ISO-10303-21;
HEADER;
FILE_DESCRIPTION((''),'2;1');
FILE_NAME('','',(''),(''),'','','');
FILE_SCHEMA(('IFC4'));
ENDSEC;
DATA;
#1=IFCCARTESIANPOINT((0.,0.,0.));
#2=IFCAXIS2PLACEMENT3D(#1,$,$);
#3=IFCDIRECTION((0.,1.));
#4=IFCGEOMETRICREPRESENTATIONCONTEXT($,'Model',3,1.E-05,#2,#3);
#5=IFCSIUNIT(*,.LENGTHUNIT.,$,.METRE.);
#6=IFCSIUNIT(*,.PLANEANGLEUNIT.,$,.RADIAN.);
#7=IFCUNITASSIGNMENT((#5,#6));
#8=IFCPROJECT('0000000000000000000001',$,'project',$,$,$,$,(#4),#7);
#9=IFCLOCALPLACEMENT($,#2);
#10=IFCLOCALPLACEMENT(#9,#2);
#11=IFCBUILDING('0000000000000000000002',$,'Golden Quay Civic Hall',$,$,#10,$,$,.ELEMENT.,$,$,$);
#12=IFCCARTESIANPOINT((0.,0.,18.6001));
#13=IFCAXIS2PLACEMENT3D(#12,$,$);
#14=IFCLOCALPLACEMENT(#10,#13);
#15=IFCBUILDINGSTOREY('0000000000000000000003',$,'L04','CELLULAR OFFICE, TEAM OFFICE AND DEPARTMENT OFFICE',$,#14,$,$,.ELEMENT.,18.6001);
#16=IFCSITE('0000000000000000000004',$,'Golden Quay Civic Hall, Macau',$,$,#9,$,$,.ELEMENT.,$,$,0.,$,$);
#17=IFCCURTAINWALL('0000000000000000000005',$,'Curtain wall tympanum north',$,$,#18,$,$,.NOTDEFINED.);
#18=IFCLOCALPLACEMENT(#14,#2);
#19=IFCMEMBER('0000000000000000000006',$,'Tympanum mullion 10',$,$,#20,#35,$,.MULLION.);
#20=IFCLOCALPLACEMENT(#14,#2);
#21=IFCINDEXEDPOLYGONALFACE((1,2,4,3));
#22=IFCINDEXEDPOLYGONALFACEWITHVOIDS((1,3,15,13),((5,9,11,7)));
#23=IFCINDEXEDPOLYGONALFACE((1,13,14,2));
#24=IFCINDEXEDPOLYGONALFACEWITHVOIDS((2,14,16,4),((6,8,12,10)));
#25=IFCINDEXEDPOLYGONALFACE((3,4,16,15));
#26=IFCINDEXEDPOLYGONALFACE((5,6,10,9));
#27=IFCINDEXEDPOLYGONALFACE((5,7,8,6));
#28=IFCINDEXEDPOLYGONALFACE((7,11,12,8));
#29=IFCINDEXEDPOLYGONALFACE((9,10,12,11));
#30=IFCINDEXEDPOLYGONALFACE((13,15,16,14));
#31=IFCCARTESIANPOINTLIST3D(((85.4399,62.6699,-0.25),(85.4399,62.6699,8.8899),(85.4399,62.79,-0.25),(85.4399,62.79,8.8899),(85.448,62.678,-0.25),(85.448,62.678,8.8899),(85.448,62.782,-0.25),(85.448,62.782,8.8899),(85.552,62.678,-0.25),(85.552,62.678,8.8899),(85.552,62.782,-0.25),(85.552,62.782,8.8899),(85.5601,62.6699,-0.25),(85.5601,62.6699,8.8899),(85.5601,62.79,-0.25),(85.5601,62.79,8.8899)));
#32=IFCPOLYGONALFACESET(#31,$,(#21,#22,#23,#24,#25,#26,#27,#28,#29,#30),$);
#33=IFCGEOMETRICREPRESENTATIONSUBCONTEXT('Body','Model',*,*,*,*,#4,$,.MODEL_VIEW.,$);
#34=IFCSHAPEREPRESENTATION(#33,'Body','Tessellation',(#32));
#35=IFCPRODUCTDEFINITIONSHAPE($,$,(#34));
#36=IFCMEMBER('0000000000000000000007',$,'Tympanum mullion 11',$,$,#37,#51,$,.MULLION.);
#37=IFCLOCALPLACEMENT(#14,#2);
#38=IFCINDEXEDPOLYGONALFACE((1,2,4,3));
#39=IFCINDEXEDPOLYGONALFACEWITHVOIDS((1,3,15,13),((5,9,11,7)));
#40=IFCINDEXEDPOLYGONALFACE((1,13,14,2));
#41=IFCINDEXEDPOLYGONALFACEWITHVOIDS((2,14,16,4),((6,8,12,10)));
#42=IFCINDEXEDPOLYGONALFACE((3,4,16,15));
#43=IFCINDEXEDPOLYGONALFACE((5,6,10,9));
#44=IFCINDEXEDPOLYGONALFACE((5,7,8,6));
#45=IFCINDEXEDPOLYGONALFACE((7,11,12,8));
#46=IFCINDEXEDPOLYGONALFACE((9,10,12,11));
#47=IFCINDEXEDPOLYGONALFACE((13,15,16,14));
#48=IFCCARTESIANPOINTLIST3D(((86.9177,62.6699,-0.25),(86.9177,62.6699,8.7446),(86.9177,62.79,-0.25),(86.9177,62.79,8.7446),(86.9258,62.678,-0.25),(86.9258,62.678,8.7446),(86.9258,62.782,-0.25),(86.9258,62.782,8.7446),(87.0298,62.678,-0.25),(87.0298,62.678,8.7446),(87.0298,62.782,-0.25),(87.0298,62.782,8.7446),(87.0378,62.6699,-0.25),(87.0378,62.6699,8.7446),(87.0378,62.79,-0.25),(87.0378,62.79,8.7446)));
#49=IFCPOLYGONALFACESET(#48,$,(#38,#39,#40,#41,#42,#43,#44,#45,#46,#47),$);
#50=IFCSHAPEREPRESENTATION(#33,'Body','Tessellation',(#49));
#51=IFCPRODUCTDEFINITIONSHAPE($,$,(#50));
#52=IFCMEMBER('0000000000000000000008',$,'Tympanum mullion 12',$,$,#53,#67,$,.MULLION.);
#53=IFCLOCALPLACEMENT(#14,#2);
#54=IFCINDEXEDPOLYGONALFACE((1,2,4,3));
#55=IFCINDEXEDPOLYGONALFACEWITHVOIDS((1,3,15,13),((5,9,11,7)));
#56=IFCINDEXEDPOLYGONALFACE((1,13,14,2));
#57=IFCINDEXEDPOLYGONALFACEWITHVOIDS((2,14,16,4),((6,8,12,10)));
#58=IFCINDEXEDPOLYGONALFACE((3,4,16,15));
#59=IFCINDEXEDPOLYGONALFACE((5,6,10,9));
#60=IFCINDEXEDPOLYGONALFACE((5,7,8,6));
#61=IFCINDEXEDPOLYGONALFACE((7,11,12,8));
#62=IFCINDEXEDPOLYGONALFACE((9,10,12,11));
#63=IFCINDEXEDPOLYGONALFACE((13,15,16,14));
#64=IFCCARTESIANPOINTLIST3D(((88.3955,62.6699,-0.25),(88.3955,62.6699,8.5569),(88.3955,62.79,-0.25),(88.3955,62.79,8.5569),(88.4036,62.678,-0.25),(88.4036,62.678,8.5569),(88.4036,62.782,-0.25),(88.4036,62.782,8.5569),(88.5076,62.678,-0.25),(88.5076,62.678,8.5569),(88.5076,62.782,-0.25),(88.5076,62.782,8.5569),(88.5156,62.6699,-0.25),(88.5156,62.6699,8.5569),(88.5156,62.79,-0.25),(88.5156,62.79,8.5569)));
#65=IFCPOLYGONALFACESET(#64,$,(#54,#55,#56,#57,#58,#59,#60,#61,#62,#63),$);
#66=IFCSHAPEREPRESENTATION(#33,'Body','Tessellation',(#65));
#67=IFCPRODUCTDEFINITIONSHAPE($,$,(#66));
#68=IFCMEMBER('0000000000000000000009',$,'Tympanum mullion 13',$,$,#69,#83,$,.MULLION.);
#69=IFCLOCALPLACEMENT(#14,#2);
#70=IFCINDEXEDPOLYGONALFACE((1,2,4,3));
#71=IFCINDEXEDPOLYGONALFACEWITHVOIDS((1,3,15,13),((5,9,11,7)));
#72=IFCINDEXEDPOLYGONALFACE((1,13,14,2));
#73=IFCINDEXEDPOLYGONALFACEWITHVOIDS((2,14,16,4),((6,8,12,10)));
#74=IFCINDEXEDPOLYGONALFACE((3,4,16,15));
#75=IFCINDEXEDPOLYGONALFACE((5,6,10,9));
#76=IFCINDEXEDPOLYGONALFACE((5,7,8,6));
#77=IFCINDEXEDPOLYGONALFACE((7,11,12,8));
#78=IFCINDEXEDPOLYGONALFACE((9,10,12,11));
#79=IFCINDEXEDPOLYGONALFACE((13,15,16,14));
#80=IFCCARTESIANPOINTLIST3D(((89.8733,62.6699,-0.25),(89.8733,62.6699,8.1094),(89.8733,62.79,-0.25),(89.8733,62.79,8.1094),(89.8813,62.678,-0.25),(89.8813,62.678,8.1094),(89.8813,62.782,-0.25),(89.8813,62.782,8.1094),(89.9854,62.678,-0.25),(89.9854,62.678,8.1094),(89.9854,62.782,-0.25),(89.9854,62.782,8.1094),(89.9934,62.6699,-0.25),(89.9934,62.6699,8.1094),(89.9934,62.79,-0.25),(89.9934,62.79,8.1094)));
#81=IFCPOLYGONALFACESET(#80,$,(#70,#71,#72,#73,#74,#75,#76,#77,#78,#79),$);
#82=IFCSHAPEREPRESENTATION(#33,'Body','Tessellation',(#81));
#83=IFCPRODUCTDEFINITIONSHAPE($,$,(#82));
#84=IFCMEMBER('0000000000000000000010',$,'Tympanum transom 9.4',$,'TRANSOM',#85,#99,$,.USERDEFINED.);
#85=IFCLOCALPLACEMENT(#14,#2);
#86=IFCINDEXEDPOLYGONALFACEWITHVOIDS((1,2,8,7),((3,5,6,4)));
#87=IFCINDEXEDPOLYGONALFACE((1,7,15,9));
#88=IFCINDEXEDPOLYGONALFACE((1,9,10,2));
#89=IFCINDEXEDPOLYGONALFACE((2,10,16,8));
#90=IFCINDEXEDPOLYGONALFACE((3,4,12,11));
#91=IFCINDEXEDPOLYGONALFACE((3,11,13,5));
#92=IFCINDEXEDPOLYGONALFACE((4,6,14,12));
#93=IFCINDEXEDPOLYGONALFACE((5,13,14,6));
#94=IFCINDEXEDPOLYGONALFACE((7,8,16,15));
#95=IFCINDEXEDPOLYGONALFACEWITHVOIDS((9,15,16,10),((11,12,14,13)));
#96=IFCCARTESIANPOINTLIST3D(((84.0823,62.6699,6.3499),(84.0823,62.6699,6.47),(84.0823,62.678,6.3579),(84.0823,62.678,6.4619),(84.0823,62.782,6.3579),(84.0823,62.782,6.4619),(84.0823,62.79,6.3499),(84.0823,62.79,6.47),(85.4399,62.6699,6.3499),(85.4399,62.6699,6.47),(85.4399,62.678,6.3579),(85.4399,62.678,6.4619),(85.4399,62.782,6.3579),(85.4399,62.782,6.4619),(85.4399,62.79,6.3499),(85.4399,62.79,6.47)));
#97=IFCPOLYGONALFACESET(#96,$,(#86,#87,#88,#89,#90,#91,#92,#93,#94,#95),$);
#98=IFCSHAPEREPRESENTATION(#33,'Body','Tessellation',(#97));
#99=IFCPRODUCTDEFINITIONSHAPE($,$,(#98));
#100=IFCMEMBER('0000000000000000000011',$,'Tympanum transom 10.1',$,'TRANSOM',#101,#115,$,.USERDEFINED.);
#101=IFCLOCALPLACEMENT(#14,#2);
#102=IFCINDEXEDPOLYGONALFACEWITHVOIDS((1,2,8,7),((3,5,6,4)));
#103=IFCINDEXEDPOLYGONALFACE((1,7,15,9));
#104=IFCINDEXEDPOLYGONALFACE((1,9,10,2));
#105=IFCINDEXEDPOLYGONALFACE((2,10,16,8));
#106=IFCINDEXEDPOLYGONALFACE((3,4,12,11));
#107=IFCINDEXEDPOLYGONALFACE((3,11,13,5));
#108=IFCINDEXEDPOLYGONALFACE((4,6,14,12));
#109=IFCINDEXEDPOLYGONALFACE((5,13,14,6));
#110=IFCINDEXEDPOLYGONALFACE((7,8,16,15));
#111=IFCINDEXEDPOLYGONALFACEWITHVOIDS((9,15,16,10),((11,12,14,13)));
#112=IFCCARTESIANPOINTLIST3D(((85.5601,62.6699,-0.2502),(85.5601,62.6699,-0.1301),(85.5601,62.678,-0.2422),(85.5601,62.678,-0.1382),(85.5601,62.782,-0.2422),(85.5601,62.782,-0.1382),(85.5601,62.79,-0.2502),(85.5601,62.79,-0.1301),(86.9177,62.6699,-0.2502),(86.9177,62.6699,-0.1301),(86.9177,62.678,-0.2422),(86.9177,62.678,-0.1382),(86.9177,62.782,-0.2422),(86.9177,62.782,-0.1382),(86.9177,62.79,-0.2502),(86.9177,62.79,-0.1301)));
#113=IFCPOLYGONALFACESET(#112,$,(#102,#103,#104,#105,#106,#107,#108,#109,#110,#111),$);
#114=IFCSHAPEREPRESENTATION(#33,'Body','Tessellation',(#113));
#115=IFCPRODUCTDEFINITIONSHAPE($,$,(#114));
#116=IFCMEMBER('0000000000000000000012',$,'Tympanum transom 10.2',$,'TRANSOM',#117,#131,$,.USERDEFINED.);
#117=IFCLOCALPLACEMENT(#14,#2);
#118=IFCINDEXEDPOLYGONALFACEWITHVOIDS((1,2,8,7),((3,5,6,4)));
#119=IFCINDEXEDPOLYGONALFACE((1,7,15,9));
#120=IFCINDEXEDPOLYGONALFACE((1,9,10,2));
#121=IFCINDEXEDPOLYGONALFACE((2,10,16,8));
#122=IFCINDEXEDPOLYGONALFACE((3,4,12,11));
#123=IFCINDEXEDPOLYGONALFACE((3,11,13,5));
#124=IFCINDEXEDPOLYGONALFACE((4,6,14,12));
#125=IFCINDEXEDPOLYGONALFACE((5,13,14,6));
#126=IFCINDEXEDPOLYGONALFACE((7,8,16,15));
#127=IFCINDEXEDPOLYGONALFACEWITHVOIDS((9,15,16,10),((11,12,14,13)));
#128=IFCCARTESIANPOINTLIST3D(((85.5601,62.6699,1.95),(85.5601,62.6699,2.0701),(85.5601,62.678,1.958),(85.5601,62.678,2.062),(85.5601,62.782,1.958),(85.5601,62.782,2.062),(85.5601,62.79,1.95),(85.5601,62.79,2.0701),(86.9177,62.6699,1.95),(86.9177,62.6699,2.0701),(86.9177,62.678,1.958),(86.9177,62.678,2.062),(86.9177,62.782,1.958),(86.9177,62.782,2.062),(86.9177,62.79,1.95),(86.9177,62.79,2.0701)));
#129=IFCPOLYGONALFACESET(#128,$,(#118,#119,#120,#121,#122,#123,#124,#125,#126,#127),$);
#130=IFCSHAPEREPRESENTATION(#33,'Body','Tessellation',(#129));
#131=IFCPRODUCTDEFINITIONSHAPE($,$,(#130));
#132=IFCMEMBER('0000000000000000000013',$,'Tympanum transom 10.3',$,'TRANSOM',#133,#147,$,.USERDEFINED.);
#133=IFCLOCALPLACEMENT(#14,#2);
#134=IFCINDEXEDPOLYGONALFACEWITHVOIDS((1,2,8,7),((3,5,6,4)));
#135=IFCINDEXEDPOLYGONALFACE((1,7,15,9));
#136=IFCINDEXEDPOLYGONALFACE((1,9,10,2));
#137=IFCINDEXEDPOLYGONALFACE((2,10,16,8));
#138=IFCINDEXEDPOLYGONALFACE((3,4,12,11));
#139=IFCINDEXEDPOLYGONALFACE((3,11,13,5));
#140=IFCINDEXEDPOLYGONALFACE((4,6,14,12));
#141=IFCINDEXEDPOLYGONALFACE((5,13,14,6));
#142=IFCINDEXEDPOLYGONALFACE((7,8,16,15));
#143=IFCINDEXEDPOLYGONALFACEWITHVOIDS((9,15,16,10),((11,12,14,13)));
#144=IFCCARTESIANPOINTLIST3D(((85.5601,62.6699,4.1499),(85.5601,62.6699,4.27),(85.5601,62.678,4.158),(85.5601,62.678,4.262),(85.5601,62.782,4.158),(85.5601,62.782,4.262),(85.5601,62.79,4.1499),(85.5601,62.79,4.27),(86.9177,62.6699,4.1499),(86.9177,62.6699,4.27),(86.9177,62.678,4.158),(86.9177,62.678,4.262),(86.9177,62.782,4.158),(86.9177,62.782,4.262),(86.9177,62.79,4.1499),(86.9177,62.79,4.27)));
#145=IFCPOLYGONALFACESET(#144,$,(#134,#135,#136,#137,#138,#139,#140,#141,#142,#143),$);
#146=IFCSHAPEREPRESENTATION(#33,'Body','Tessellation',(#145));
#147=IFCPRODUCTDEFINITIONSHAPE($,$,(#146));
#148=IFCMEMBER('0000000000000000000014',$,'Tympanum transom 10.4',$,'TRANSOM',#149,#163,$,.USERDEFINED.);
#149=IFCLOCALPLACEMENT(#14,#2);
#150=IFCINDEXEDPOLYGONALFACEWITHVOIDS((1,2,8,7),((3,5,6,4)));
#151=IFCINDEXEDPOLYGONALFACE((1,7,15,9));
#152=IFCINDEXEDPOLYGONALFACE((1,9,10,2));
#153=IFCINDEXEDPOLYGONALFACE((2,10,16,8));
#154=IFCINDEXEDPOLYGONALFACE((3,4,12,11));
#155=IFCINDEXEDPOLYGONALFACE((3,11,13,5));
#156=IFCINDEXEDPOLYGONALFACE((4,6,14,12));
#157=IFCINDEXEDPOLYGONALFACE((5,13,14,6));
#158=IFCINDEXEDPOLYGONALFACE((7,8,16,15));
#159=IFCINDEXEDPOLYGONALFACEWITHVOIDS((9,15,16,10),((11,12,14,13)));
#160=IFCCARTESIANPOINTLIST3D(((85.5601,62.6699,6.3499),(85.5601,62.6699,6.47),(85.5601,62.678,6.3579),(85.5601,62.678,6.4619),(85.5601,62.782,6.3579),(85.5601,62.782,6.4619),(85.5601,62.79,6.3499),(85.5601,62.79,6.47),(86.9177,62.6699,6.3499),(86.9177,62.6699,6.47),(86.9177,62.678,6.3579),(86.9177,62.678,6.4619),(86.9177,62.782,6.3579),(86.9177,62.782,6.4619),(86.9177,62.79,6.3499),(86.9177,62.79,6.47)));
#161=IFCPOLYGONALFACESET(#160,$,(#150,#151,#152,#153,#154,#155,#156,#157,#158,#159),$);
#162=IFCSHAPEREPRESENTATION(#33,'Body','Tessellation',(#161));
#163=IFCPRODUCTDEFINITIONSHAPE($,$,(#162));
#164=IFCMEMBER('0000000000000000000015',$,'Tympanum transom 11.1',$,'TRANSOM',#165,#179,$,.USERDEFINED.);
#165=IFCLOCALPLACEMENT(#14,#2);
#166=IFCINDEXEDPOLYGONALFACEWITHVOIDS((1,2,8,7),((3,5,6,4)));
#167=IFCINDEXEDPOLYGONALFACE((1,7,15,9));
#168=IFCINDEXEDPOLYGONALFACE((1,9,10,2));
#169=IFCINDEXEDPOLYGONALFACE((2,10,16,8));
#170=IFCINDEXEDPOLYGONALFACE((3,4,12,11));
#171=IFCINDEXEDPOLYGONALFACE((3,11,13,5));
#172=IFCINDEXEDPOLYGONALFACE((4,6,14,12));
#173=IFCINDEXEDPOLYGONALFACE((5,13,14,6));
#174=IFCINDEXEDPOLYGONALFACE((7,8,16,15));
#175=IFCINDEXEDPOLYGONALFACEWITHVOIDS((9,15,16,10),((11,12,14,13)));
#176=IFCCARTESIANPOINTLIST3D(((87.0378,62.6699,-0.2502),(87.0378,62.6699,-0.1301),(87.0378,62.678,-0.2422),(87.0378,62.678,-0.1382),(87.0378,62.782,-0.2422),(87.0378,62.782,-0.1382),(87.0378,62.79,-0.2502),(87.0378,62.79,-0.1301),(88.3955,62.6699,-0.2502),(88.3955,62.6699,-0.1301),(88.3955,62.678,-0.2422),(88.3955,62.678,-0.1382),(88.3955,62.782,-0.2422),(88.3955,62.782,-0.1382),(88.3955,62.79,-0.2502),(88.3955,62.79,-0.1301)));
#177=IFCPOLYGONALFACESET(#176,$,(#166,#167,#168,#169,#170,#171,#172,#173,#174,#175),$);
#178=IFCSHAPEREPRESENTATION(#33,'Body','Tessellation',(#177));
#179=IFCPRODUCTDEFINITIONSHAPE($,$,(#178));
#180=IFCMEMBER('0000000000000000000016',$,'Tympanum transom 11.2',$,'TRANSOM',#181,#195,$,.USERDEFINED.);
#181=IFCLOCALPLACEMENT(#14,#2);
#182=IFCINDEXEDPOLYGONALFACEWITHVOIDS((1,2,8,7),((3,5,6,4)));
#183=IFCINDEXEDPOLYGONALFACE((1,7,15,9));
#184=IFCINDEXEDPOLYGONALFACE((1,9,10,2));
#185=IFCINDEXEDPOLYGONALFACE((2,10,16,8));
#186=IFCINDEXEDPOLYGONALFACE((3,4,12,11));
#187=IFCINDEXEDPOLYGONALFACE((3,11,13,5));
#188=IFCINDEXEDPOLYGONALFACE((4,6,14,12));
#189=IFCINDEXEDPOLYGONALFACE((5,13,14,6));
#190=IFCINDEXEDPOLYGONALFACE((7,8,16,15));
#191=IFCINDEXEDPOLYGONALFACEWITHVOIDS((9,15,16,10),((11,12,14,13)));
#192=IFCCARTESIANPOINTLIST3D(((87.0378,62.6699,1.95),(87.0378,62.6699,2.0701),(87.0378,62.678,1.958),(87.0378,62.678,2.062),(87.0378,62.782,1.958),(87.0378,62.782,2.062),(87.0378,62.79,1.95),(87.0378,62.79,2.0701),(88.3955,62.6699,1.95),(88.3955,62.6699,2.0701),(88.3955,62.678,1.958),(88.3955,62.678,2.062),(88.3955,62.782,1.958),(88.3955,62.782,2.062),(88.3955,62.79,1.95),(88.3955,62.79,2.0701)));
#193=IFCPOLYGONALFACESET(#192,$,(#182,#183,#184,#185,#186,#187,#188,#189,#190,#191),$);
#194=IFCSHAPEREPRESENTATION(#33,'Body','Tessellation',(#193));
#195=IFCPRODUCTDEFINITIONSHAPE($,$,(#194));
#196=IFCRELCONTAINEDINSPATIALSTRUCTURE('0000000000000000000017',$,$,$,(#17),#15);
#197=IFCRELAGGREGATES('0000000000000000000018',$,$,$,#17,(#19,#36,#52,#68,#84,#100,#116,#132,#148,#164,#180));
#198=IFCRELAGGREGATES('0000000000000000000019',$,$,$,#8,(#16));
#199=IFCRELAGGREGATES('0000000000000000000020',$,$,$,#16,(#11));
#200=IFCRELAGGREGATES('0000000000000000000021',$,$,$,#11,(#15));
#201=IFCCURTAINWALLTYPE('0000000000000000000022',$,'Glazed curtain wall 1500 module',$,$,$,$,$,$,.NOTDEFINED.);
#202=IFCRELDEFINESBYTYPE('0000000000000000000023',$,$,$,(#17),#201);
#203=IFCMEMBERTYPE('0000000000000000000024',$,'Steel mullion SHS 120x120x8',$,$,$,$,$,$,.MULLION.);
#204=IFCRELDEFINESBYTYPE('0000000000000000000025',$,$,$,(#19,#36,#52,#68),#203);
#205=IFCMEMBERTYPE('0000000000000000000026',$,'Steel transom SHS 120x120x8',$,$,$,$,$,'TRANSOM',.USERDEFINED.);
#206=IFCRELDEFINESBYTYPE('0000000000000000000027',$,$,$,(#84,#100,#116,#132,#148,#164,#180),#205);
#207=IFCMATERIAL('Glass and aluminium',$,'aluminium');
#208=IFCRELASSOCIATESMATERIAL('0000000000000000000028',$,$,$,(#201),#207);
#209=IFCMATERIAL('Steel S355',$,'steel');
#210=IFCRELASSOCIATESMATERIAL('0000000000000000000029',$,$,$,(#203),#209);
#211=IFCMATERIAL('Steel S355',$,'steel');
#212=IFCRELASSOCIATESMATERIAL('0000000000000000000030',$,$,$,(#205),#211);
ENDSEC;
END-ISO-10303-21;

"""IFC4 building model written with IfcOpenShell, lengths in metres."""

from ifc_helpers import new_model, si_unit, direction, frame, origin, origin_2d, place, context, subcontext, project, spatial, hollow_rectangle, extrude, material, material_profile, profile_set, type_object, element, aggregate, save


model = new_model("IFC4")

# Units and contexts
model_context = context("Model", 3, precision=1e-05, world=origin(), true_north=direction((0.0, 1.0)))
body_context = subcontext(model_context, "Body", "Model", "MODEL_VIEW")
ifc_project = project(units=[si_unit("LENGTHUNIT", "METRE"), si_unit("PLANEANGLEUNIT", "RADIAN")], contexts=[model_context])

# Site, building, storey
site_placement = place(None, origin())
site = spatial("IfcSite", under=ifc_project, at=site_placement, Name="Golden Quay Civic Hall, Macau", CompositionType="ELEMENT", RefElevation=0.0)
building_placement = place(site_placement, origin())
building = spatial("IfcBuilding", under=site, at=building_placement, Name="Golden Quay Civic Hall", CompositionType="ELEMENT")
storey_placement = place(building_placement, frame((0.0, 0.0, 18.6001)))
storey = spatial("IfcBuildingStorey", under=building, at=storey_placement, Name="L04", Description="CELLULAR OFFICE, TEAM OFFICE AND DEPARTMENT OFFICE", CompositionType="ELEMENT", Elevation=18.6001)

# Curtain wall, members
ifc_material_1 = material(Name="Glass and aluminium", Category="aluminium")
curtain_wall_type_1 = type_object("IfcCurtainWallType", Name="Glazed curtain wall 1500 module", PredefinedType="NOTDEFINED", material=ifc_material_1)
curtain_wall_1_placement = place(storey_placement, origin())
curtain_wall_1 = element("IfcCurtainWall", 1, at=curtain_wall_1_placement, inside=storey, type_object=curtain_wall_type_1, Name="Curtain wall tympanum north", PredefinedType="NOTDEFINED")
ifc_material_2 = material(Name="Steel S355", Category="steel")
ifc_material_profile_1 = material_profile(ifc_material_2, hollow_rectangle(XDim=0.1201, YDim=0.1201, WallThickness=0.0081, at=origin_2d()), Name="SHS 120x120x8")
ifc_profile_set_1 = profile_set([ifc_material_profile_1], Name="Steel S355")
member_type_1 = type_object("IfcMemberType", Name="Steel mullion SHS 120x120x8", PredefinedType="MULLION", material=ifc_profile_set_1)
member_1_placement = place(storey_placement, frame((85.5, 62.73, -0.25), z_axis=(0.0, 0.0, 1.0), x_axis=(0.0, 1.0, 0.0)))
member_1 = element("IfcMember", 2, at=member_1_placement, type_object=member_type_1, Name="Tympanum mullion 10", PredefinedType="MULLION", context=body_context, shape_type="SweptSolid", body=[
    extrude(hollow_rectangle(XDim=0.1201, YDim=0.1201, WallThickness=0.0081, at=origin_2d()), origin(), (0.0, 0.0, 1.0), 9.1399),
])
member_2_placement = place(storey_placement, frame((86.9778, 62.73, -0.25), z_axis=(0.0, 0.0, 1.0), x_axis=(0.0, 1.0, 0.0)))
member_2 = element("IfcMember", 3, at=member_2_placement, type_object=member_type_1, Name="Tympanum mullion 11", PredefinedType="MULLION", context=body_context, shape_type="SweptSolid", body=[
    extrude(hollow_rectangle(XDim=0.1201, YDim=0.1201, WallThickness=0.0081, at=origin_2d()), origin(), (0.0, 0.0, 1.0), 8.9946),
])
member_3_placement = place(storey_placement, frame((88.4556, 62.73, -0.25), z_axis=(0.0, 0.0, 1.0), x_axis=(0.0, 1.0, 0.0)))
member_3 = element("IfcMember", 4, at=member_3_placement, type_object=member_type_1, Name="Tympanum mullion 12", PredefinedType="MULLION", context=body_context, shape_type="SweptSolid", body=[
    extrude(hollow_rectangle(XDim=0.1201, YDim=0.1201, WallThickness=0.0081, at=origin_2d()), origin(), (0.0, 0.0, 1.0), 8.8069),
])
member_4_placement = place(storey_placement, frame((89.9333, 62.73, -0.25), z_axis=(0.0, 0.0, 1.0), x_axis=(0.0, 1.0, 0.0)))
member_4 = element("IfcMember", 5, at=member_4_placement, type_object=member_type_1, Name="Tympanum mullion 13", PredefinedType="MULLION", context=body_context, shape_type="SweptSolid", body=[
    extrude(hollow_rectangle(XDim=0.1201, YDim=0.1201, WallThickness=0.0081, at=origin_2d()), origin(), (0.0, 0.0, 1.0), 8.3594),
])
ifc_material_3 = material(Name="Steel S355", Category="steel")
ifc_material_profile_2 = material_profile(ifc_material_3, hollow_rectangle(XDim=0.1201, YDim=0.1201, WallThickness=0.0081, at=origin_2d()), Name="SHS 120x120x8")
ifc_profile_set_2 = profile_set([ifc_material_profile_2], Name="Steel S355")
member_type_2 = type_object("IfcMemberType", Name="Steel transom SHS 120x120x8", ElementType="TRANSOM", PredefinedType="USERDEFINED", material=ifc_profile_set_2)
member_5_placement = place(storey_placement, frame((84.0823, 62.73, 6.4099), z_axis=(1.0, 0.0, 0.0), x_axis=(0.0, 1.0, 0.0)))
member_5 = element("IfcMember", 6, at=member_5_placement, type_object=member_type_2, Name="Tympanum transom 9.4", ObjectType="TRANSOM", PredefinedType="USERDEFINED", context=body_context, shape_type="SweptSolid", body=[
    extrude(hollow_rectangle(XDim=0.1201, YDim=0.1201, WallThickness=0.0081, at=origin_2d()), origin(), (0.0, 0.0, 1.0), 1.3577),
])
member_6_placement = place(storey_placement, frame((85.5601, 62.73, -0.1902), z_axis=(1.0, 0.0, 0.0), x_axis=(0.0, 1.0, 0.0)))
member_6 = element("IfcMember", 7, at=member_6_placement, type_object=member_type_2, Name="Tympanum transom 10.1", ObjectType="TRANSOM", PredefinedType="USERDEFINED", context=body_context, shape_type="SweptSolid", body=[
    extrude(hollow_rectangle(XDim=0.1201, YDim=0.1201, WallThickness=0.0081, at=origin_2d()), origin(), (0.0, 0.0, 1.0), 1.3577),
])
member_7_placement = place(storey_placement, frame((85.5601, 62.73, 2.01), z_axis=(1.0, 0.0, 0.0), x_axis=(0.0, 1.0, 0.0)))
member_7 = element("IfcMember", 8, at=member_7_placement, type_object=member_type_2, Name="Tympanum transom 10.2", ObjectType="TRANSOM", PredefinedType="USERDEFINED", context=body_context, shape_type="SweptSolid", body=[
    extrude(hollow_rectangle(XDim=0.1201, YDim=0.1201, WallThickness=0.0081, at=origin_2d()), origin(), (0.0, 0.0, 1.0), 1.3577),
])
member_8_placement = place(storey_placement, frame((85.5601, 62.73, 4.21), z_axis=(1.0, 0.0, 0.0), x_axis=(0.0, 1.0, 0.0)))
member_8 = element("IfcMember", 9, at=member_8_placement, type_object=member_type_2, Name="Tympanum transom 10.3", ObjectType="TRANSOM", PredefinedType="USERDEFINED", context=body_context, shape_type="SweptSolid", body=[
    extrude(hollow_rectangle(XDim=0.1201, YDim=0.1201, WallThickness=0.0081, at=origin_2d()), origin(), (0.0, 0.0, 1.0), 1.3577),
])
member_9_placement = place(storey_placement, frame((85.5601, 62.73, 6.4099), z_axis=(1.0, 0.0, 0.0), x_axis=(0.0, 1.0, 0.0)))
member_9 = element("IfcMember", 10, at=member_9_placement, type_object=member_type_2, Name="Tympanum transom 10.4", ObjectType="TRANSOM", PredefinedType="USERDEFINED", context=body_context, shape_type="SweptSolid", body=[
    extrude(hollow_rectangle(XDim=0.1201, YDim=0.1201, WallThickness=0.0081, at=origin_2d()), origin(), (0.0, 0.0, 1.0), 1.3577),
])
member_10_placement = place(storey_placement, frame((87.0378, 62.73, -0.1902), z_axis=(1.0, 0.0, 0.0), x_axis=(0.0, 1.0, 0.0)))
member_10 = element("IfcMember", 11, at=member_10_placement, type_object=member_type_2, Name="Tympanum transom 11.1", ObjectType="TRANSOM", PredefinedType="USERDEFINED", context=body_context, shape_type="SweptSolid", body=[
    extrude(hollow_rectangle(XDim=0.1201, YDim=0.1201, WallThickness=0.0081, at=origin_2d()), origin(), (0.0, 0.0, 1.0), 1.3577),
])
member_11_placement = place(storey_placement, frame((87.0378, 62.73, 2.01), z_axis=(1.0, 0.0, 0.0), x_axis=(0.0, 1.0, 0.0)))
member_11 = element("IfcMember", 12, at=member_11_placement, type_object=member_type_2, Name="Tympanum transom 11.2", ObjectType="TRANSOM", PredefinedType="USERDEFINED", context=body_context, shape_type="SweptSolid", body=[
    extrude(hollow_rectangle(XDim=0.1201, YDim=0.1201, WallThickness=0.0081, at=origin_2d()), origin(), (0.0, 0.0, 1.0), 1.3577),
])
aggregate(curtain_wall_1, [member_1, member_2, member_3, member_4, member_5, member_6, member_7, member_8, member_9, member_10, member_11])

save(model, "model.ifc")
